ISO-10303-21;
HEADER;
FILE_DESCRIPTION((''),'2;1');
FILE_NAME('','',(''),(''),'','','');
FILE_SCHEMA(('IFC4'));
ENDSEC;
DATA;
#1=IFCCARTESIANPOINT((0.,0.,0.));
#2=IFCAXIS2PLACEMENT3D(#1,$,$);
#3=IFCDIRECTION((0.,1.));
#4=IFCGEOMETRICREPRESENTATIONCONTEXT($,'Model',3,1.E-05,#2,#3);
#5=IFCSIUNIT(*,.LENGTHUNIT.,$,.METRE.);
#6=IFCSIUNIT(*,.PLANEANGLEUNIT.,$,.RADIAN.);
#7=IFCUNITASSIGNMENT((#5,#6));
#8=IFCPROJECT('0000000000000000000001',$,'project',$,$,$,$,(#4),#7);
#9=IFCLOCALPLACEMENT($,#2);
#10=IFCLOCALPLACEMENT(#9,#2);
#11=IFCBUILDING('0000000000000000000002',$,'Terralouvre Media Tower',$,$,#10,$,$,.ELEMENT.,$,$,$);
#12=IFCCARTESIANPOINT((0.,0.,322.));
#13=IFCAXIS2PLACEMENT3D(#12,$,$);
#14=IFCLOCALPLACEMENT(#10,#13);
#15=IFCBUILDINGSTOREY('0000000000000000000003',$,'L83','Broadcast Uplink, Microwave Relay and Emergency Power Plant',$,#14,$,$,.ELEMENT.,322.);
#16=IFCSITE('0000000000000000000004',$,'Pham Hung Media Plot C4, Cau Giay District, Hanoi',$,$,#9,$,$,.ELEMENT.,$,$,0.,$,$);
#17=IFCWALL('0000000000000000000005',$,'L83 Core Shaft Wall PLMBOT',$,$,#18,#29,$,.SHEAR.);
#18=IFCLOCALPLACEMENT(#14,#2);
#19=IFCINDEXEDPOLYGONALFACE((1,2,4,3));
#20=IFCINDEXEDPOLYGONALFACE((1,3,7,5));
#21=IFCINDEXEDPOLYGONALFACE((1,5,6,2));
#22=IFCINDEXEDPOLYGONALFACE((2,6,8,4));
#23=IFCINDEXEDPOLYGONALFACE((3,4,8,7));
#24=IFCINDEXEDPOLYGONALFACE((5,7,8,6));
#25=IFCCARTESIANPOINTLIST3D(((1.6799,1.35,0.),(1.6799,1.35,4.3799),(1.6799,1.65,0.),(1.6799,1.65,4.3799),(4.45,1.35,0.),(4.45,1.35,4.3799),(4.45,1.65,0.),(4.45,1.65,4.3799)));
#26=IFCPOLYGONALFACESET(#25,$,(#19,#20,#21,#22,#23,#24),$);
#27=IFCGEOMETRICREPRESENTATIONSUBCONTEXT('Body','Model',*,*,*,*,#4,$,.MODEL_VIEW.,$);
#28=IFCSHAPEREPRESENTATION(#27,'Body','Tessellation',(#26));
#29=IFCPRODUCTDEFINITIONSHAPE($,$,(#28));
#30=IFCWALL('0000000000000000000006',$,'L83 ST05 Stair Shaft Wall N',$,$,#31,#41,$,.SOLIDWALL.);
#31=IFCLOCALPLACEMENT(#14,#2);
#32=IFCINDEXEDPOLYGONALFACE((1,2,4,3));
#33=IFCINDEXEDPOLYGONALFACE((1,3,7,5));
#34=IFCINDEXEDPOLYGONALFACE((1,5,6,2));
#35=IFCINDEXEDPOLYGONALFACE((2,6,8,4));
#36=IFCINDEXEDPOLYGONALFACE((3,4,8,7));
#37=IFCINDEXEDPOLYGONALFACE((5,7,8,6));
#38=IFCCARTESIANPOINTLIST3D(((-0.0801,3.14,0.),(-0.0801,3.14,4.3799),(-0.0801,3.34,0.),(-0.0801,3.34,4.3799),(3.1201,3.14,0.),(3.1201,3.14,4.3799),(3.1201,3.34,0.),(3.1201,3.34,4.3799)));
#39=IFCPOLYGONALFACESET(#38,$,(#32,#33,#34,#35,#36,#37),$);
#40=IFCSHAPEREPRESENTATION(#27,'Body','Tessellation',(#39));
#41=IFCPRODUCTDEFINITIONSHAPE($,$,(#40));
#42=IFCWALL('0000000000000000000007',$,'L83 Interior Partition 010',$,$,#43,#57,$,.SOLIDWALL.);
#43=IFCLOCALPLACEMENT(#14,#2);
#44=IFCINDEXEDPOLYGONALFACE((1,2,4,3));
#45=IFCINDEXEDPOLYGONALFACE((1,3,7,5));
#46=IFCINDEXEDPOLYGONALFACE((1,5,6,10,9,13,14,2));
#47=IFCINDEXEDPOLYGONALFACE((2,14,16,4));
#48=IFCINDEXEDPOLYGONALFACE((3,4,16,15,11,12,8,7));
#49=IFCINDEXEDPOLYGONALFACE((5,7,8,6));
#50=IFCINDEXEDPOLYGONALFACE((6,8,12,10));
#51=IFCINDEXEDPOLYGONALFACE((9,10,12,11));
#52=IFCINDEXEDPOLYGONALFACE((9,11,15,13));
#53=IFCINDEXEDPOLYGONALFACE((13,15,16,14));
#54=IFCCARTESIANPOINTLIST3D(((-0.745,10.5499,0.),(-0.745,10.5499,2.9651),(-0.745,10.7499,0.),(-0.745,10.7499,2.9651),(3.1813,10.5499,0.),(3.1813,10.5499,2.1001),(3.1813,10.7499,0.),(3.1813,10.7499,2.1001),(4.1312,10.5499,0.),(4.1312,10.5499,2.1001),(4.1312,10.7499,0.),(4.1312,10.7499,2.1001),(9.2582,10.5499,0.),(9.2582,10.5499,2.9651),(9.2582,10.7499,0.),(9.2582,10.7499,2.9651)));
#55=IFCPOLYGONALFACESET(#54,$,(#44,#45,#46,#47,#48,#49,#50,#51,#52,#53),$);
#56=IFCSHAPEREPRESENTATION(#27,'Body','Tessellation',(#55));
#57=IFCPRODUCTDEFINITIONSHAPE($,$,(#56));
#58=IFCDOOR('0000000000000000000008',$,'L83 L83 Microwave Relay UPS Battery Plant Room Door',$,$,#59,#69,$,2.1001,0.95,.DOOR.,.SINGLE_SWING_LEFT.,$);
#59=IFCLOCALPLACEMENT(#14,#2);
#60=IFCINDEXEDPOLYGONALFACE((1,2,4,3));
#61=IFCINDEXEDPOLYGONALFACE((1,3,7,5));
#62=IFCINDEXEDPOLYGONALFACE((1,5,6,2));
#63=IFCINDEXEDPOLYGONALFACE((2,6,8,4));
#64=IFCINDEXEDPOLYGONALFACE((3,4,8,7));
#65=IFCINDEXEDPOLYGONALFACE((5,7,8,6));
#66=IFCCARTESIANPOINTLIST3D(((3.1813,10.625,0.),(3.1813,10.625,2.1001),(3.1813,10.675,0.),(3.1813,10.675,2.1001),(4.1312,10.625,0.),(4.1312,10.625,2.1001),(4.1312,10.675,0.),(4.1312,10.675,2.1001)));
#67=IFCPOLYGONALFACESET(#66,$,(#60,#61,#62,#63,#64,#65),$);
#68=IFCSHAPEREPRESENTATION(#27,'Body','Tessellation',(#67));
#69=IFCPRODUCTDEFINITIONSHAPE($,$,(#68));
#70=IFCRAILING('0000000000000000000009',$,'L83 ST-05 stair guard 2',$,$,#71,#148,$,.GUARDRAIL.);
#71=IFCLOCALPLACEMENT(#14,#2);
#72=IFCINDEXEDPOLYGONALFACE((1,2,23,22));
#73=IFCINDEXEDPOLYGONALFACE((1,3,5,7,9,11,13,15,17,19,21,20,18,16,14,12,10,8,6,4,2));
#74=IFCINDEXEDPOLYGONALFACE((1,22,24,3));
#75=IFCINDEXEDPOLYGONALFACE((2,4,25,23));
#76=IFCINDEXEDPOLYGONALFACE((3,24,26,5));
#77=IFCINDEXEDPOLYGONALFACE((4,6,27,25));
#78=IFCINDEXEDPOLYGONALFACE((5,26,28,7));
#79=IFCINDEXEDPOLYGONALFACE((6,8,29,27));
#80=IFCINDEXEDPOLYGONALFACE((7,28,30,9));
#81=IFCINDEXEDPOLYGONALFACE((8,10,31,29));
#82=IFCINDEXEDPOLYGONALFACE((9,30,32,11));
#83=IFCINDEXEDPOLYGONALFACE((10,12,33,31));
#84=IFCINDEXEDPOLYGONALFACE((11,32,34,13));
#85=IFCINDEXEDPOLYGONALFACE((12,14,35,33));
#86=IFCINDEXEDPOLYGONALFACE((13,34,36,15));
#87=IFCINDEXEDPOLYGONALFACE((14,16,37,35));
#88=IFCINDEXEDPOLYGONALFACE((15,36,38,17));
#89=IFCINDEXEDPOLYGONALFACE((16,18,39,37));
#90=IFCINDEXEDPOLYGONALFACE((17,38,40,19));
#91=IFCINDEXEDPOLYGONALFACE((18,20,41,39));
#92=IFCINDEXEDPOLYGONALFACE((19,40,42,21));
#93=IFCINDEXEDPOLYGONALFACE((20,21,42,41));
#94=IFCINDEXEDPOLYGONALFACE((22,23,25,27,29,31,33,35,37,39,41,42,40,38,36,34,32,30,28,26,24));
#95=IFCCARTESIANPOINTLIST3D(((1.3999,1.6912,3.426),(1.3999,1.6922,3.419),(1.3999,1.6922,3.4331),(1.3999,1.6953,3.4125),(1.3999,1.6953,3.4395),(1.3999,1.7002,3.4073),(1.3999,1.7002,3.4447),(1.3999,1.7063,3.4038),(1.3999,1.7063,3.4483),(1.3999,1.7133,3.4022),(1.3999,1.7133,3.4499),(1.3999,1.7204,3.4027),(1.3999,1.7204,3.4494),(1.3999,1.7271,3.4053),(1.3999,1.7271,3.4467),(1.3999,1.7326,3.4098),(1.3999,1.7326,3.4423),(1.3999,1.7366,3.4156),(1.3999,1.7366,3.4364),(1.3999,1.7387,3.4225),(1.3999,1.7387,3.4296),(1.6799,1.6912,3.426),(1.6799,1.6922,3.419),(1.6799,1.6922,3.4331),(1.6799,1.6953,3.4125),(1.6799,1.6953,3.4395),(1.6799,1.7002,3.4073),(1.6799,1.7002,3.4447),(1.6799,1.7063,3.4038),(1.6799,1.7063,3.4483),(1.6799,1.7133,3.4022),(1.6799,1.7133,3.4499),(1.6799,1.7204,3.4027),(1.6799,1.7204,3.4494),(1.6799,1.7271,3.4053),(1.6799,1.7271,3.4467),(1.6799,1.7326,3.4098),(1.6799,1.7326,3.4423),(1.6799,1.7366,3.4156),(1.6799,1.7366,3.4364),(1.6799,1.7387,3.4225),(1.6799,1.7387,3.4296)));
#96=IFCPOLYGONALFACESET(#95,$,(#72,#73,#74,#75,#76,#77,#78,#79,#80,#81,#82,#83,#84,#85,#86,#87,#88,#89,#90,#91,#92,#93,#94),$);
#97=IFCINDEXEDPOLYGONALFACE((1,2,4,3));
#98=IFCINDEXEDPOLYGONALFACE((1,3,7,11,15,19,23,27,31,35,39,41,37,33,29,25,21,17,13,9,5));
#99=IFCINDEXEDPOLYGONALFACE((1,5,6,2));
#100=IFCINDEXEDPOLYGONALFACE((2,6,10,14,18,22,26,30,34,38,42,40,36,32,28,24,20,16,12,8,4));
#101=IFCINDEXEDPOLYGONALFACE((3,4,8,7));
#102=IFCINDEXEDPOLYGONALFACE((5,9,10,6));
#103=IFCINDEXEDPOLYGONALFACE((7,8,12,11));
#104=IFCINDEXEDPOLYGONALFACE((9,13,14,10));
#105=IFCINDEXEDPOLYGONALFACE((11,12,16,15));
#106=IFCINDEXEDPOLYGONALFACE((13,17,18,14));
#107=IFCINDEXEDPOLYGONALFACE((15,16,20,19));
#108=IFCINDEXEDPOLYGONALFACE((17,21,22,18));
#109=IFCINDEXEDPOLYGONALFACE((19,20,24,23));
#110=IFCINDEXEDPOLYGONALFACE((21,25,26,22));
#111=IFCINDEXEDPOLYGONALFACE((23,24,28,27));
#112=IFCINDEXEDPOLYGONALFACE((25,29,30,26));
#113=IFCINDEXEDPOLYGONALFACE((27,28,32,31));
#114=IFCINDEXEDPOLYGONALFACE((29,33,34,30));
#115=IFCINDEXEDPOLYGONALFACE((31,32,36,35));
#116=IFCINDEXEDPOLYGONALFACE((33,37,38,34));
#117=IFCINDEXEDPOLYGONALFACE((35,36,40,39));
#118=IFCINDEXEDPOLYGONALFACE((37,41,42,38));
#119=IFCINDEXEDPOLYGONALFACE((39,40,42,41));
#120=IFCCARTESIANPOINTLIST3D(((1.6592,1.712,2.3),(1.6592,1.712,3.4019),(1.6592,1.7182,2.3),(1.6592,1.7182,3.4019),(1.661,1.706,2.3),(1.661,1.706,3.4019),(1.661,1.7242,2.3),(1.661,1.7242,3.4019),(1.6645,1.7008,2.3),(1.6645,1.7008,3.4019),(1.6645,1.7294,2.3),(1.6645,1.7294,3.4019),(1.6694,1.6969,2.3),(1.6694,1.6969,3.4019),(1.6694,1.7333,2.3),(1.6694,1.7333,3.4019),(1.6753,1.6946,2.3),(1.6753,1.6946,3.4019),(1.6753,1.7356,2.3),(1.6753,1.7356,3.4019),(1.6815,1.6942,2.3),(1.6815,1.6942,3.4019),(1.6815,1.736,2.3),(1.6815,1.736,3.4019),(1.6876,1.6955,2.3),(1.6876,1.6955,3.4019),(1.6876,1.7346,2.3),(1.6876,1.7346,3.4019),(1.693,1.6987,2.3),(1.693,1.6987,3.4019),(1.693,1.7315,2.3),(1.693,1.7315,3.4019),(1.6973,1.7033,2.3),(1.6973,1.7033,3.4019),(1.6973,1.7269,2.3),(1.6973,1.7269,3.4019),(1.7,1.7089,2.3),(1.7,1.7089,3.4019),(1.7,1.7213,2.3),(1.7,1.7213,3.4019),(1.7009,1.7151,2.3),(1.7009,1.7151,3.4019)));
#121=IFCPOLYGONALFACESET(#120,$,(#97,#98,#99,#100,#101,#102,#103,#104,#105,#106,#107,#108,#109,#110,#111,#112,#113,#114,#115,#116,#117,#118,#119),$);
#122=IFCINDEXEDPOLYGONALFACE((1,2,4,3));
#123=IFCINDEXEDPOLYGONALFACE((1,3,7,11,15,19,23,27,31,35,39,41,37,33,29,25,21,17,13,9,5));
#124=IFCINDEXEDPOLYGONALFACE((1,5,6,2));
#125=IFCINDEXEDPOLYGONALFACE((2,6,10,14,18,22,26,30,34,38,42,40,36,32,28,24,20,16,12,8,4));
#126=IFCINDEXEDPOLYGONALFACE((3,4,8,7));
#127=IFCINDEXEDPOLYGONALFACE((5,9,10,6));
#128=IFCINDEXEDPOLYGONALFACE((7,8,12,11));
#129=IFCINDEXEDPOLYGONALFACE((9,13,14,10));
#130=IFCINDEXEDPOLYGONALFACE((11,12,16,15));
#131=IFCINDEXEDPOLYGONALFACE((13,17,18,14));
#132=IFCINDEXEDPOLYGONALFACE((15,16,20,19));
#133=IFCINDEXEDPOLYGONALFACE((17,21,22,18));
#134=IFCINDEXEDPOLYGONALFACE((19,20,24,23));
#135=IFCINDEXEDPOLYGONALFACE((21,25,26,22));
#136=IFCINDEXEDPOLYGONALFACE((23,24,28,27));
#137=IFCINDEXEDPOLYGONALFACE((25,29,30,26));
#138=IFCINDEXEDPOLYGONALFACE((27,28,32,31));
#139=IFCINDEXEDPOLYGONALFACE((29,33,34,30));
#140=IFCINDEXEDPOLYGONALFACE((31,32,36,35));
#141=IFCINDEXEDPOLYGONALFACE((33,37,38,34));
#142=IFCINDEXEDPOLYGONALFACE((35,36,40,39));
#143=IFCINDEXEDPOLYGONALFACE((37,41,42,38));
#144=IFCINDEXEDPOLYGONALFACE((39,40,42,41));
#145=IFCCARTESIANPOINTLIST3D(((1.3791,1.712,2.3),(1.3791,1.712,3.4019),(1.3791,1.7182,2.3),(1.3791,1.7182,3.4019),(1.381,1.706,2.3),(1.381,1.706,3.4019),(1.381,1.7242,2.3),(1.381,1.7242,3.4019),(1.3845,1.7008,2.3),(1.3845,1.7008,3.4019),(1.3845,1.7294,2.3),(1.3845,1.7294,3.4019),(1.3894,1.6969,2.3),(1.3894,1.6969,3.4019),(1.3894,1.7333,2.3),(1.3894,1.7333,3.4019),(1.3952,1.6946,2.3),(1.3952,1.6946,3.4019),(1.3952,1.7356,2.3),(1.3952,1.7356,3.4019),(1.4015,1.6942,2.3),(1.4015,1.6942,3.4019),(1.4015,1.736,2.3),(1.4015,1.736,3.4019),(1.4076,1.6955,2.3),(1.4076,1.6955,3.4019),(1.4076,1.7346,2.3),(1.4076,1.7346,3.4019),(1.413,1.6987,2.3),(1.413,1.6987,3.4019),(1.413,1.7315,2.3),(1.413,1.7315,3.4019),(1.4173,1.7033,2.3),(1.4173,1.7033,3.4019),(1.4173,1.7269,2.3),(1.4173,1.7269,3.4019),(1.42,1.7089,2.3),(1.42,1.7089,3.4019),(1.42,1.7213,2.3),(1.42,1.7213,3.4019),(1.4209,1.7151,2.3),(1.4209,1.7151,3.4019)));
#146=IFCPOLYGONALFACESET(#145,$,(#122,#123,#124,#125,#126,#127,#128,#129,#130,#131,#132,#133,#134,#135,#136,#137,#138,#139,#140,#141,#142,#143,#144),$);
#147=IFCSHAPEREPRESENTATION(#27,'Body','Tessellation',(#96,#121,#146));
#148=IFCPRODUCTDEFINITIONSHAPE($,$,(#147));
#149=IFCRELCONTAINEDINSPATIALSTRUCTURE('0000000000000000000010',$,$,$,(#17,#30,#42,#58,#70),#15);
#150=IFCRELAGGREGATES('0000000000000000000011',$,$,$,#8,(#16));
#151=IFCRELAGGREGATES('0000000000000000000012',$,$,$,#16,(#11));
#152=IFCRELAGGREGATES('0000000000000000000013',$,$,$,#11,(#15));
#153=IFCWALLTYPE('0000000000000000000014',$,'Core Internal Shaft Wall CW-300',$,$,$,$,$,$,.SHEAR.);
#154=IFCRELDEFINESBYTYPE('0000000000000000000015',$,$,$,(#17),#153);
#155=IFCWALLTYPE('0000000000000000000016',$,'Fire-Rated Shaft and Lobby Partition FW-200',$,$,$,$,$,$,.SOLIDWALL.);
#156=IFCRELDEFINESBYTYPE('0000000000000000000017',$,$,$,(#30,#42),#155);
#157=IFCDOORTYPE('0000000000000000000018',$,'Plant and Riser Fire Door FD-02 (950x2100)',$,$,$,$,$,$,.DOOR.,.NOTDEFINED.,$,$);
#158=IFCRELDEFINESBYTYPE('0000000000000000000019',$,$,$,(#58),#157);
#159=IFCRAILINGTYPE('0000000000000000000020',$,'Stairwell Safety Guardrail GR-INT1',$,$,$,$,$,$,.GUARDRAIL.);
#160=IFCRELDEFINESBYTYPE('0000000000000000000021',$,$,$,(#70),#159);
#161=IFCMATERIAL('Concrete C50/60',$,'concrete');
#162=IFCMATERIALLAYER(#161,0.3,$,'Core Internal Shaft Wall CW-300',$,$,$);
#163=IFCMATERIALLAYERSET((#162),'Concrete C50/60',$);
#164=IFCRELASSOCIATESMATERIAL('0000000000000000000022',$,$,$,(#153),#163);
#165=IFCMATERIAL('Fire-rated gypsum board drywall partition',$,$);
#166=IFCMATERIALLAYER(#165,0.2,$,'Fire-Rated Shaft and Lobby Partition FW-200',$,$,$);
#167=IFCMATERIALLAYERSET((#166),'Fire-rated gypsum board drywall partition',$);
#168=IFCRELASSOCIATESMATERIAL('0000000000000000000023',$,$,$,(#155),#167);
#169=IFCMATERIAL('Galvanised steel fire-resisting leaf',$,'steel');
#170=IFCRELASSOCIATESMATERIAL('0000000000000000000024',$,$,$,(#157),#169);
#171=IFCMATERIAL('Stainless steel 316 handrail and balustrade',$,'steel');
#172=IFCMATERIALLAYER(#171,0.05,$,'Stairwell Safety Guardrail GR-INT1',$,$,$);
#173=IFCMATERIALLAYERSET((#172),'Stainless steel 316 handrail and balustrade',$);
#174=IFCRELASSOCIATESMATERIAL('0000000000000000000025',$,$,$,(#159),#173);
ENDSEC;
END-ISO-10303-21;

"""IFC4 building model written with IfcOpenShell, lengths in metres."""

from ifc_helpers import new_model, si_unit, direction, frame, frame_2d, origin, origin_2d, place, context, subcontext, project, spatial, rectangle, circle, extrude, material, layer, layer_set, type_object, element, fill, save


model = new_model("IFC4")

# Units and contexts
model_context = context("Model", 3, precision=1e-05, world=origin(), true_north=direction((0.0, 1.0)))
body_context = subcontext(model_context, "Body", "Model", "MODEL_VIEW")
ifc_project = project(units=[si_unit("LENGTHUNIT", "METRE"), si_unit("PLANEANGLEUNIT", "RADIAN")], contexts=[model_context])

# Site, building, storey
site_placement = place(None, origin())
site = spatial("IfcSite", under=ifc_project, at=site_placement, Name="Pham Hung Media Plot C4, Cau Giay District, Hanoi", CompositionType="ELEMENT", RefElevation=0.0)
building_placement = place(site_placement, origin())
building = spatial("IfcBuilding", under=site, at=building_placement, Name="Terralouvre Media Tower", CompositionType="ELEMENT")
storey_placement = place(building_placement, frame((0.0, 0.0, 322.0)))
storey = spatial("IfcBuildingStorey", under=building, at=storey_placement, Name="L83", Description="Broadcast Uplink, Microwave Relay and Emergency Power Plant", CompositionType="ELEMENT", Elevation=322.0)

# Shared definitions
ifc_material_1 = material(Name="Concrete C50/60", Category="concrete")
ifc_layer_1 = layer(ifc_material_1, 0.3, Name="Core Internal Shaft Wall CW-300")
ifc_layer_set_1 = layer_set([ifc_layer_1], Name="Concrete C50/60")
wall_type_1 = type_object("IfcWallType", Name="Core Internal Shaft Wall CW-300", PredefinedType="SHEAR", material=ifc_layer_set_1)

# Walls
wall_1_placement = place(storey_placement, frame((1.6799, 1.5, 0.0), z_axis=(0.0, 0.0, 1.0), x_axis=(1.0, 0.0, 0.0)))
element("IfcWall", 1, at=wall_1_placement, inside=storey, type_object=wall_type_1, Name="L83 Core Shaft Wall PLMBOT", PredefinedType="SHEAR", context=body_context, shape_type="SweptSolid", body=[
    extrude(rectangle(XDim=2.77, YDim=0.3, at=frame_2d((1.385, 0.0))), origin(), (0.0, 0.0, 1.0), 4.3799),
])
ifc_material_2 = material(Name="Fire-rated gypsum board drywall partition")
ifc_layer_2 = layer(ifc_material_2, 0.2, Name="Fire-Rated Shaft and Lobby Partition FW-200")
ifc_layer_set_2 = layer_set([ifc_layer_2], Name="Fire-rated gypsum board drywall partition")
wall_type_2 = type_object("IfcWallType", Name="Fire-Rated Shaft and Lobby Partition FW-200", PredefinedType="SOLIDWALL", material=ifc_layer_set_2)
wall_2_placement = place(storey_placement, frame((3.1201, 3.24, 0.0), z_axis=(0.0, 0.0, 1.0), x_axis=(-1.0, 0.0, 0.0)))
element("IfcWall", 2, at=wall_2_placement, inside=storey, type_object=wall_type_2, Name="L83 ST05 Stair Shaft Wall N", PredefinedType="SOLIDWALL", context=body_context, shape_type="SweptSolid", body=[
    extrude(rectangle(XDim=3.2002, YDim=0.2, at=frame_2d((1.6001, 0.0))), origin(), (0.0, 0.0, 1.0), 4.3799),
])

# Wall, opening, door
wall_3_placement = place(storey_placement, frame((9.2581, 10.6499, 0.0), z_axis=(0.0, 0.0, 1.0), x_axis=(-1.0, 0.0, 0.0)))
wall_3 = element("IfcWall", 3, at=wall_3_placement, inside=storey, type_object=wall_type_2, Name="L83 Interior Partition 010", PredefinedType="SOLIDWALL", context=body_context, shape_type="SweptSolid", body=[
    extrude(rectangle(XDim=10.0032, YDim=0.2, at=frame_2d((5.0015, 0.0))), origin(), (0.0, 0.0, 1.0), 2.9651),
])
opening_1_placement = place(wall_3_placement, frame((5.1267, 0.0, 0.0)))
opening_1 = element("IfcOpeningElement", 4, at=opening_1_placement, cuts=wall_3, PredefinedType="OPENING", context=body_context, shape_type="SweptSolid", body=[
    extrude(rectangle(XDim=0.95, YDim=2.1001, at=frame_2d((0.4751, 1.05))), frame((0.0, 0.1099, 0.0), z_axis=(0.0, -1.0, 0.0), x_axis=(1.0, 0.0, 0.0)), (0.0, 0.0, 1.0), 0.22),
])
ifc_material_3 = material(Name="Galvanised steel fire-resisting leaf", Category="steel")
door_type_1 = type_object("IfcDoorType", Name="Plant and Riser Fire Door FD-02 (950x2100)", OperationType="NOTDEFINED", PredefinedType="DOOR", material=ifc_material_3)
door_1_placement = place(opening_1_placement, origin())
door_1 = element("IfcDoor", 5, at=door_1_placement, inside=storey, type_object=door_type_1, Name="L83 L83 Microwave Relay UPS Battery Plant Room Door", OperationType="SINGLE_SWING_LEFT", OverallHeight=2.1001, OverallWidth=0.95, PredefinedType="DOOR", context=body_context, shape_type="SweptSolid", body=[
    extrude(rectangle(XDim=0.95, YDim=2.1001, at=frame_2d((0.4751, 1.05))), frame((0.0, 0.0249, 0.0), z_axis=(0.0, -1.0, 0.0), x_axis=(1.0, 0.0, 0.0)), (0.0, 0.0, 1.0), 0.05),
])
fill(opening_1, door_1)

# Railing
ifc_material_4 = material(Name="Stainless steel 316 handrail and balustrade", Category="steel")
ifc_layer_3 = layer(ifc_material_4, 0.05, Name="Stairwell Safety Guardrail GR-INT1")
ifc_layer_set_3 = layer_set([ifc_layer_3], Name="Stainless steel 316 handrail and balustrade")
railing_type = type_object("IfcRailingType", Name="Stairwell Safety Guardrail GR-INT1", PredefinedType="GUARDRAIL", material=ifc_layer_set_3)
railing_1_placement = place(storey_placement, frame((1.6799, 1.7151, 2.3)))
element("IfcRailing", 6, at=railing_1_placement, inside=storey, type_object=railing_type, Name="L83 ST-05 stair guard 2", PredefinedType="GUARDRAIL", context=body_context, shape_type="SweptSolid", body=[
    extrude(circle(Radius=0.0239, at=origin_2d()), frame((0.0, 0.0, 1.126), z_axis=(-1.0, 0.0, 0.0), x_axis=(0.0, -1.0, 0.0)), (0.0, 0.0, 1.0), 0.28),
    extrude(circle(Radius=0.021, at=origin_2d()), origin(), (0.0, 0.0, 1.0), 1.1018),
    extrude(circle(Radius=0.021, at=origin_2d()), frame((-0.28, 0.0, 0.0)), (0.0, 0.0, 1.0), 1.1018),
])

save(model, "model.ifc")
